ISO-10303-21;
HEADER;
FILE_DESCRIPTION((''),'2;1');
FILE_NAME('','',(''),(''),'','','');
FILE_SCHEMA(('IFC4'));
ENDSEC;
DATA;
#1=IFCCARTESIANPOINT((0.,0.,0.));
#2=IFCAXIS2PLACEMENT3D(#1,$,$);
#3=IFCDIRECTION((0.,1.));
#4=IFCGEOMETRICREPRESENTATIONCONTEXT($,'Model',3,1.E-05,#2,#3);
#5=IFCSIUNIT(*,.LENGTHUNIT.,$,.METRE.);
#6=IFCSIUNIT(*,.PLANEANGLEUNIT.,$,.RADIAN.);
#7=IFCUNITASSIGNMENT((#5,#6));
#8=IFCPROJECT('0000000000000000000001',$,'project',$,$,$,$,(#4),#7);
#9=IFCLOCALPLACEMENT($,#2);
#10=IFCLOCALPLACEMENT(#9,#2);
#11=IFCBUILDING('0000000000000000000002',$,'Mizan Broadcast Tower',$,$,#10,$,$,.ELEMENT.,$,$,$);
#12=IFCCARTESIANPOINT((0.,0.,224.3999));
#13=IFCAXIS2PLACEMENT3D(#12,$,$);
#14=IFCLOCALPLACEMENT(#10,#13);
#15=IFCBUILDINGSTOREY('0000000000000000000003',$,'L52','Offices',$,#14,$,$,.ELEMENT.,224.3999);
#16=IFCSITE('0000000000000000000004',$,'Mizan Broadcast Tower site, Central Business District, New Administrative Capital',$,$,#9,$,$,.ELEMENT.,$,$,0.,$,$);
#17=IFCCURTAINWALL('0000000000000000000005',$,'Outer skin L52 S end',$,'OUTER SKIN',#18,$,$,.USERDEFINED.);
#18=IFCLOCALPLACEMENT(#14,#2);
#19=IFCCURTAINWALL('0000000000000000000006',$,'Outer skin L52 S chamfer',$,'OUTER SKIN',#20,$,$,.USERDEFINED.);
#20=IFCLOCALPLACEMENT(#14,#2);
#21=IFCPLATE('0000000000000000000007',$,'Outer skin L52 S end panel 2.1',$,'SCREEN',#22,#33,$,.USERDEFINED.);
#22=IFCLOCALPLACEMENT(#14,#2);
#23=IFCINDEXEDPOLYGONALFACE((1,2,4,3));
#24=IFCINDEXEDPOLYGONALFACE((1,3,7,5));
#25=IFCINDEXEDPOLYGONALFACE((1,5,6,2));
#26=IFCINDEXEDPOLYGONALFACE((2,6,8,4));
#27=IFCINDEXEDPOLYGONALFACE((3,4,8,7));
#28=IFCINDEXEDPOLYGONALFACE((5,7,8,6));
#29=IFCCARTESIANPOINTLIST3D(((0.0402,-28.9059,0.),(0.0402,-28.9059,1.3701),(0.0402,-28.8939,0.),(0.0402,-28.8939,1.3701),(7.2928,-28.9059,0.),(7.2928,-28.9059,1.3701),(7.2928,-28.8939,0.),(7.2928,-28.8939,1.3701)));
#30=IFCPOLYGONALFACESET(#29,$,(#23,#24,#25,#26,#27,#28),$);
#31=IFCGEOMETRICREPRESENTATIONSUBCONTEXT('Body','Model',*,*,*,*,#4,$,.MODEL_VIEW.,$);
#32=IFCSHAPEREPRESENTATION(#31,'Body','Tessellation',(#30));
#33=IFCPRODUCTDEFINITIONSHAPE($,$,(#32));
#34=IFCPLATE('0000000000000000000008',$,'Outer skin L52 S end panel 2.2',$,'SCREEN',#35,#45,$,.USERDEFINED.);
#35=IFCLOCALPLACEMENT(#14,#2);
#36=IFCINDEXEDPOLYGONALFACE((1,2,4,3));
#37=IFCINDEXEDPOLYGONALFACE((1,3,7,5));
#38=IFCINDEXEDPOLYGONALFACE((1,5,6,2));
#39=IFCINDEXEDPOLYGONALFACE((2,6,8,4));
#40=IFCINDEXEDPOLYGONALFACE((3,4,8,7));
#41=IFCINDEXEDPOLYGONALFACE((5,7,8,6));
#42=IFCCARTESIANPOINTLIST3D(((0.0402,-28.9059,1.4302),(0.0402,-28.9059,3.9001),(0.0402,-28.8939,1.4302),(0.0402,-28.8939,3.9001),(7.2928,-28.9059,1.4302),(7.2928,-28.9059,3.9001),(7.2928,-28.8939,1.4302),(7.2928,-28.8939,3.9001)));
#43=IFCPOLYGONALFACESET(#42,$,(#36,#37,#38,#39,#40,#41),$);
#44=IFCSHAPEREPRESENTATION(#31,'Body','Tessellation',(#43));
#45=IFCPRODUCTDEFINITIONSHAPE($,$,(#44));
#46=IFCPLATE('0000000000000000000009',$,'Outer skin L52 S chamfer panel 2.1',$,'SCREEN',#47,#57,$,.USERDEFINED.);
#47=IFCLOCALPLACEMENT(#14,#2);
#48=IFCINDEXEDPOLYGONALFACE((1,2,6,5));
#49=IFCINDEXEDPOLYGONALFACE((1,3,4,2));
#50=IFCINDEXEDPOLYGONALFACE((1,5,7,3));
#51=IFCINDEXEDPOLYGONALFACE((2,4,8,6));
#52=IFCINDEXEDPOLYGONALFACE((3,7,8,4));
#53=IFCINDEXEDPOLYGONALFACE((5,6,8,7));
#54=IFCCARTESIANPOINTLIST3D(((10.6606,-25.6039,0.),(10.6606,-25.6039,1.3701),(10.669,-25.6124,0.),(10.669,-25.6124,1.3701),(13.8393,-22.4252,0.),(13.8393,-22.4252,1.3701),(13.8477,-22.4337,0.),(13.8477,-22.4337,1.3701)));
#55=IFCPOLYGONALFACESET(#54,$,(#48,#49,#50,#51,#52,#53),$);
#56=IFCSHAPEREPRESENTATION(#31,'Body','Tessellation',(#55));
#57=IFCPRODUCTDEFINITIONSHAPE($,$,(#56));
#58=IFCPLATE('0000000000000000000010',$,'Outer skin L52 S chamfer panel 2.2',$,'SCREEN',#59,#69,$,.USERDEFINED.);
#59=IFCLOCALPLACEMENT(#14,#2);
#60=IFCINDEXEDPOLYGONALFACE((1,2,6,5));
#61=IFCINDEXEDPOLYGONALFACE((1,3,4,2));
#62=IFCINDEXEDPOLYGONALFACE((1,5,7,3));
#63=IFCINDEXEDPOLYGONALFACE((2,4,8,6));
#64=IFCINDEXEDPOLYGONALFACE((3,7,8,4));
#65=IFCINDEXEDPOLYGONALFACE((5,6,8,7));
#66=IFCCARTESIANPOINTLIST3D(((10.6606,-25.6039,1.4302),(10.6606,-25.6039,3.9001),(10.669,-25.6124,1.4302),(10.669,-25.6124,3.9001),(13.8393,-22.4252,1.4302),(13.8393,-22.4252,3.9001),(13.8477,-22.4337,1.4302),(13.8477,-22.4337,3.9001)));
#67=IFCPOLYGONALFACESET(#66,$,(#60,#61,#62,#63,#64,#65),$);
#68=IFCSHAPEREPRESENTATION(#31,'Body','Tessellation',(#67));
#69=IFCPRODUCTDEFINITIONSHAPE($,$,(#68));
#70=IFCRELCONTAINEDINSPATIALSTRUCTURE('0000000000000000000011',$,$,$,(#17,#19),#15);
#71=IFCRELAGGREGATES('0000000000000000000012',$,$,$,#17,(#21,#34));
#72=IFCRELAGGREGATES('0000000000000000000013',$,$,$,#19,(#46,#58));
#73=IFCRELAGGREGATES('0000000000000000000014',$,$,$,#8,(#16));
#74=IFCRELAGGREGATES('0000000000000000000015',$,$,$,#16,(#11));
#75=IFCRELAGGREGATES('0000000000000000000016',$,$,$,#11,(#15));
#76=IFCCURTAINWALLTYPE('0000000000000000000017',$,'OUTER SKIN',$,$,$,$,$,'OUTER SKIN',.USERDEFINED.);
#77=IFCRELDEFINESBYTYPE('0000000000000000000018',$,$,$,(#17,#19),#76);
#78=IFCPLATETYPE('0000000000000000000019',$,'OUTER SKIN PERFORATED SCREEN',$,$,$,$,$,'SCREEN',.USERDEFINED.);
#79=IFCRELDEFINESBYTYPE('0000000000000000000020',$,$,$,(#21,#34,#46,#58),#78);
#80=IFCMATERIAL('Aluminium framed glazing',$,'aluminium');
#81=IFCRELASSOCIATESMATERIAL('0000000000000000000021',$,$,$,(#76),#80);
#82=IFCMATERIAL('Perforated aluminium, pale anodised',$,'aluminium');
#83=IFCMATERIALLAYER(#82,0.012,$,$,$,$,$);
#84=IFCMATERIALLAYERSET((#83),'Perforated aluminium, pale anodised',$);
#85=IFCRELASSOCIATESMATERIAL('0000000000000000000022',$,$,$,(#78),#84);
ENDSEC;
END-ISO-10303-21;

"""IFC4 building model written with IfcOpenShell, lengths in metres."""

from ifc_helpers import new_model, si_unit, direction, frame, origin, origin_2d, place, context, subcontext, project, spatial, rectangle, extrude, material, layer, layer_set, type_object, element, aggregate, save


model = new_model("IFC4")

# Units and contexts
model_context = context("Model", 3, precision=1e-05, world=origin(), true_north=direction((0.0, 1.0)))
body_context = subcontext(model_context, "Body", "Model", "MODEL_VIEW")
ifc_project = project(units=[si_unit("LENGTHUNIT", "METRE"), si_unit("PLANEANGLEUNIT", "RADIAN")], contexts=[model_context])

# Site, building, storey
site_placement = place(None, origin())
site = spatial("IfcSite", under=ifc_project, at=site_placement, Name="Mizan Broadcast Tower site, Central Business District, New Administrative Capital", CompositionType="ELEMENT", RefElevation=0.0)
building_placement = place(site_placement, origin())
building = spatial("IfcBuilding", under=site, at=building_placement, Name="Mizan Broadcast Tower", CompositionType="ELEMENT")
storey_placement = place(building_placement, frame((0.0, 0.0, 224.3999)))
storey = spatial("IfcBuildingStorey", under=building, at=storey_placement, Name="L52", Description="Offices", CompositionType="ELEMENT", Elevation=224.3999)

# Curtain wall
ifc_material_1 = material(Name="Aluminium framed glazing", Category="aluminium")
curtain_wall_type_1 = type_object("IfcCurtainWallType", Name="OUTER SKIN", ElementType="OUTER SKIN", PredefinedType="USERDEFINED", material=ifc_material_1)
curtain_wall_1_placement = place(storey_placement, origin())
curtain_wall_1 = element("IfcCurtainWall", 1, at=curtain_wall_1_placement, inside=storey, type_object=curtain_wall_type_1, Name="Outer skin L52 S end", ObjectType="OUTER SKIN", PredefinedType="USERDEFINED")

# Curtain wall
curtain_wall_2_placement = place(storey_placement, origin())
curtain_wall_2 = element("IfcCurtainWall", 2, at=curtain_wall_2_placement, inside=storey, type_object=curtain_wall_type_1, Name="Outer skin L52 S chamfer", ObjectType="OUTER SKIN", PredefinedType="USERDEFINED")

# Plates
ifc_material_2 = material(Name="Perforated aluminium, pale anodised", Category="aluminium")
ifc_layer_1 = layer(ifc_material_2, 0.012)
ifc_layer_set_1 = layer_set([ifc_layer_1], Name="Perforated aluminium, pale anodised")
plate_type_1 = type_object("IfcPlateType", Name="OUTER SKIN PERFORATED SCREEN", ElementType="SCREEN", PredefinedType="USERDEFINED", material=ifc_layer_set_1)
plate_1_placement = place(storey_placement, frame((3.6665, -28.8999, 0.0), z_axis=(0.0, 0.0, 1.0), x_axis=(1.0, 0.0, 0.0)))
plate_1 = element("IfcPlate", 3, at=plate_1_placement, type_object=plate_type_1, Name="Outer skin L52 S end panel 2.1", ObjectType="SCREEN", PredefinedType="USERDEFINED", context=body_context, shape_type="SweptSolid", body=[
    extrude(rectangle(XDim=7.2527, YDim=0.012, at=origin_2d()), origin(), (0.0, 0.0, 1.0), 1.3701),
])
plate_2_placement = place(storey_placement, frame((3.6665, -28.8999, 1.4302), z_axis=(0.0, 0.0, 1.0), x_axis=(1.0, 0.0, 0.0)))
plate_2 = element("IfcPlate", 4, at=plate_2_placement, type_object=plate_type_1, Name="Outer skin L52 S end panel 2.2", ObjectType="SCREEN", PredefinedType="USERDEFINED", context=body_context, shape_type="SweptSolid", body=[
    extrude(rectangle(XDim=7.2527, YDim=0.012, at=origin_2d()), origin(), (0.0, 0.0, 1.0), 2.47),
])
aggregate(curtain_wall_1, [plate_1, plate_2])
plate_3_placement = place(storey_placement, frame((12.2542, -24.0188, 0.0), z_axis=(0.0, 0.0, 1.0), x_axis=(0.707107, 0.707107, 0.0)))
plate_3 = element("IfcPlate", 5, at=plate_3_placement, type_object=plate_type_1, Name="Outer skin L52 S chamfer panel 2.1", ObjectType="SCREEN", PredefinedType="USERDEFINED", context=body_context, shape_type="SweptSolid", body=[
    extrude(rectangle(XDim=4.4954, YDim=0.012, at=origin_2d()), origin(), (0.0, 0.0, 1.0), 1.3701),
])
plate_4_placement = place(storey_placement, frame((12.2542, -24.0188, 1.4302), z_axis=(0.0, 0.0, 1.0), x_axis=(0.707107, 0.707107, 0.0)))
plate_4 = element("IfcPlate", 6, at=plate_4_placement, type_object=plate_type_1, Name="Outer skin L52 S chamfer panel 2.2", ObjectType="SCREEN", PredefinedType="USERDEFINED", context=body_context, shape_type="SweptSolid", body=[
    extrude(rectangle(XDim=4.4954, YDim=0.012, at=origin_2d()), origin(), (0.0, 0.0, 1.0), 2.47),
])
aggregate(curtain_wall_2, [plate_3, plate_4])

save(model, "model.ifc")
